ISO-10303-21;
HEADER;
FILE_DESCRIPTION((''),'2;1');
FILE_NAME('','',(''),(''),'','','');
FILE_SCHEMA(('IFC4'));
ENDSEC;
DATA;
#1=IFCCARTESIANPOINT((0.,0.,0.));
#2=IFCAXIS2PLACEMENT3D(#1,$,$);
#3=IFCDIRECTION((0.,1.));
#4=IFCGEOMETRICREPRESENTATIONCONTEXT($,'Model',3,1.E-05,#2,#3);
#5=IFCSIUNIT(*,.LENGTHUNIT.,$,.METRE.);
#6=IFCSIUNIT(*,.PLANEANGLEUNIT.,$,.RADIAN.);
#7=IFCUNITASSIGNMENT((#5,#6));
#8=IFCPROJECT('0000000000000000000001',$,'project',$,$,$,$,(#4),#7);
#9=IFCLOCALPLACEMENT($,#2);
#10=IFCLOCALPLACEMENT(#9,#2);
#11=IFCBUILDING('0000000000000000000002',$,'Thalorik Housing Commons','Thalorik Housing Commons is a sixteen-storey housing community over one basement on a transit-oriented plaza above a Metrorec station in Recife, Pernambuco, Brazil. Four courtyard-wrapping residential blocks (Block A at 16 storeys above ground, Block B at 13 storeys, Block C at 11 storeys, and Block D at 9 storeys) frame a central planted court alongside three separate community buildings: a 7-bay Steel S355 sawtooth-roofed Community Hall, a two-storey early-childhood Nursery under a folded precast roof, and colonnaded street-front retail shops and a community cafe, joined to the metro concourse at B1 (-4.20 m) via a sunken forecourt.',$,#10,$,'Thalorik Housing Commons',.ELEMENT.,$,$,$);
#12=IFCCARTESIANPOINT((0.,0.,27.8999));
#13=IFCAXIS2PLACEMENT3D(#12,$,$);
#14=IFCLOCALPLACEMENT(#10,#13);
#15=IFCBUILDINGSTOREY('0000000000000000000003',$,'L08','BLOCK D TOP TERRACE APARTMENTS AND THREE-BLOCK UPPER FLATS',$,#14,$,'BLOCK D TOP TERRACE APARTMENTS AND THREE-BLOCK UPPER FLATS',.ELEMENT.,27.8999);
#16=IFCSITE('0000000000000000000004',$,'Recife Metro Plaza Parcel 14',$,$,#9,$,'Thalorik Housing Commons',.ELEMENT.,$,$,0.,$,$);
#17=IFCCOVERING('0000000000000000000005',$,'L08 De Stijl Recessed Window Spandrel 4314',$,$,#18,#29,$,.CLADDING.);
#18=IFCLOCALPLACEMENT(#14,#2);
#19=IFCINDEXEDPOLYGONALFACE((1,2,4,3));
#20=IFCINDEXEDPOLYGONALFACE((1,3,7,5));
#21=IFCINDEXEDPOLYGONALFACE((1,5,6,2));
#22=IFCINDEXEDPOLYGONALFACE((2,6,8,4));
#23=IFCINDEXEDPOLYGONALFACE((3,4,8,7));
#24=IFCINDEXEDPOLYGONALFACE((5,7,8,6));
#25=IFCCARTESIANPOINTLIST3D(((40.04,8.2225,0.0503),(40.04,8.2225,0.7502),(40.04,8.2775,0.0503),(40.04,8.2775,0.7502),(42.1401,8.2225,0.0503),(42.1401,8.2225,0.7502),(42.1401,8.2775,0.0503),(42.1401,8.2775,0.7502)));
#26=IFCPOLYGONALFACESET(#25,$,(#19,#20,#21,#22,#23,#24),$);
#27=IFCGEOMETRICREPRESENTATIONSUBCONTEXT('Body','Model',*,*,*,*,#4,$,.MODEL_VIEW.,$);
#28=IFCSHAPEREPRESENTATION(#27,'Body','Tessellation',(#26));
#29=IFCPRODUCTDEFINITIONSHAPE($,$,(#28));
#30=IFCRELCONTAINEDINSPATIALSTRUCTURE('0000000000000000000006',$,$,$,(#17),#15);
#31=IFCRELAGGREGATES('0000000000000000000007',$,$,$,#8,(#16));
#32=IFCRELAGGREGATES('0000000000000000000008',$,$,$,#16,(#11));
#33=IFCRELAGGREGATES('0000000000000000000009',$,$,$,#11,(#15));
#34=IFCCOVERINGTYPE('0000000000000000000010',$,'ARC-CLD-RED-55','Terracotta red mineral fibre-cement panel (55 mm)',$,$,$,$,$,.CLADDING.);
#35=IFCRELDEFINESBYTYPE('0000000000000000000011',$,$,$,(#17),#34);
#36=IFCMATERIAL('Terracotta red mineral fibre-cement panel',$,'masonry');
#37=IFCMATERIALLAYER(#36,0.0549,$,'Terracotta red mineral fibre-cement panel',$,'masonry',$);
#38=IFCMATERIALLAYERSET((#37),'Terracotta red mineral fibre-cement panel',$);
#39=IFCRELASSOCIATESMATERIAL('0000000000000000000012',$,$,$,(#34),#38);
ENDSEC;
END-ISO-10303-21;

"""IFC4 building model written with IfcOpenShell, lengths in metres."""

from ifc_helpers import new_model, si_unit, direction, frame, origin, origin_2d, place, context, subcontext, project, spatial, rectangle, extrude, material, layer, layer_set, type_object, element, save


model = new_model("IFC4")

# Units and contexts
model_context = context("Model", 3, precision=1e-05, world=origin(), true_north=direction((0.0, 1.0)))
body_context = subcontext(model_context, "Body", "Model", "MODEL_VIEW")
ifc_project = project(units=[si_unit("LENGTHUNIT", "METRE"), si_unit("PLANEANGLEUNIT", "RADIAN")], contexts=[model_context])

# Site, building, storey
site_placement = place(None, origin())
site = spatial("IfcSite", under=ifc_project, at=site_placement, Name="Recife Metro Plaza Parcel 14", LongName="Thalorik Housing Commons", CompositionType="ELEMENT", RefElevation=0.0)
building_placement = place(site_placement, origin())
building = spatial("IfcBuilding", under=site, at=building_placement, Name="Thalorik Housing Commons", Description="Thalorik Housing Commons is a sixteen-storey housing community over one basement on a transit-oriented plaza above a Metrorec station in Recife, Pernambuco, Brazil. Four courtyard-wrapping residential blocks (Block A at 16 storeys above ground, Block B at 13 storeys, Block C at 11 storeys, and Block D at 9 storeys) frame a central planted court alongside three separate community buildings: a 7-bay Steel S355 sawtooth-roofed Community Hall, a two-storey early-childhood Nursery under a folded precast roof, and colonnaded street-front retail shops and a community cafe, joined to the metro concourse at B1 (-4.20 m) via a sunken forecourt.", LongName="Thalorik Housing Commons", CompositionType="ELEMENT")
storey_placement = place(building_placement, frame((0.0, 0.0, 27.8999)))
storey = spatial("IfcBuildingStorey", under=building, at=storey_placement, Name="L08", Description="BLOCK D TOP TERRACE APARTMENTS AND THREE-BLOCK UPPER FLATS", LongName="BLOCK D TOP TERRACE APARTMENTS AND THREE-BLOCK UPPER FLATS", CompositionType="ELEMENT", Elevation=27.8999)

# Covering
ifc_material_1 = material(Name="Terracotta red mineral fibre-cement panel", Category="masonry")
ifc_layer_1 = layer(ifc_material_1, 0.0549, Name="Terracotta red mineral fibre-cement panel", Category="masonry")
ifc_layer_set_1 = layer_set([ifc_layer_1], Name="Terracotta red mineral fibre-cement panel")
covering_type_1 = type_object("IfcCoveringType", Name="ARC-CLD-RED-55", Description="Terracotta red mineral fibre-cement panel (55 mm)", PredefinedType="CLADDING", material=ifc_layer_set_1)
covering_1_placement = place(storey_placement, frame((41.0901, 8.25, 0.0503), z_axis=(0.0, 0.0, 1.0), x_axis=(1.0, 0.0, 0.0)))
element("IfcCovering", 1, at=covering_1_placement, inside=storey, type_object=covering_type_1, Name="L08 De Stijl Recessed Window Spandrel 4314", PredefinedType="CLADDING", context=body_context, shape_type="SweptSolid", body=[
    extrude(rectangle(XDim=2.1001, YDim=0.0549, at=origin_2d()), origin(), (0.0, 0.0, 1.0), 0.7),
])

save(model, "model.ifc")
